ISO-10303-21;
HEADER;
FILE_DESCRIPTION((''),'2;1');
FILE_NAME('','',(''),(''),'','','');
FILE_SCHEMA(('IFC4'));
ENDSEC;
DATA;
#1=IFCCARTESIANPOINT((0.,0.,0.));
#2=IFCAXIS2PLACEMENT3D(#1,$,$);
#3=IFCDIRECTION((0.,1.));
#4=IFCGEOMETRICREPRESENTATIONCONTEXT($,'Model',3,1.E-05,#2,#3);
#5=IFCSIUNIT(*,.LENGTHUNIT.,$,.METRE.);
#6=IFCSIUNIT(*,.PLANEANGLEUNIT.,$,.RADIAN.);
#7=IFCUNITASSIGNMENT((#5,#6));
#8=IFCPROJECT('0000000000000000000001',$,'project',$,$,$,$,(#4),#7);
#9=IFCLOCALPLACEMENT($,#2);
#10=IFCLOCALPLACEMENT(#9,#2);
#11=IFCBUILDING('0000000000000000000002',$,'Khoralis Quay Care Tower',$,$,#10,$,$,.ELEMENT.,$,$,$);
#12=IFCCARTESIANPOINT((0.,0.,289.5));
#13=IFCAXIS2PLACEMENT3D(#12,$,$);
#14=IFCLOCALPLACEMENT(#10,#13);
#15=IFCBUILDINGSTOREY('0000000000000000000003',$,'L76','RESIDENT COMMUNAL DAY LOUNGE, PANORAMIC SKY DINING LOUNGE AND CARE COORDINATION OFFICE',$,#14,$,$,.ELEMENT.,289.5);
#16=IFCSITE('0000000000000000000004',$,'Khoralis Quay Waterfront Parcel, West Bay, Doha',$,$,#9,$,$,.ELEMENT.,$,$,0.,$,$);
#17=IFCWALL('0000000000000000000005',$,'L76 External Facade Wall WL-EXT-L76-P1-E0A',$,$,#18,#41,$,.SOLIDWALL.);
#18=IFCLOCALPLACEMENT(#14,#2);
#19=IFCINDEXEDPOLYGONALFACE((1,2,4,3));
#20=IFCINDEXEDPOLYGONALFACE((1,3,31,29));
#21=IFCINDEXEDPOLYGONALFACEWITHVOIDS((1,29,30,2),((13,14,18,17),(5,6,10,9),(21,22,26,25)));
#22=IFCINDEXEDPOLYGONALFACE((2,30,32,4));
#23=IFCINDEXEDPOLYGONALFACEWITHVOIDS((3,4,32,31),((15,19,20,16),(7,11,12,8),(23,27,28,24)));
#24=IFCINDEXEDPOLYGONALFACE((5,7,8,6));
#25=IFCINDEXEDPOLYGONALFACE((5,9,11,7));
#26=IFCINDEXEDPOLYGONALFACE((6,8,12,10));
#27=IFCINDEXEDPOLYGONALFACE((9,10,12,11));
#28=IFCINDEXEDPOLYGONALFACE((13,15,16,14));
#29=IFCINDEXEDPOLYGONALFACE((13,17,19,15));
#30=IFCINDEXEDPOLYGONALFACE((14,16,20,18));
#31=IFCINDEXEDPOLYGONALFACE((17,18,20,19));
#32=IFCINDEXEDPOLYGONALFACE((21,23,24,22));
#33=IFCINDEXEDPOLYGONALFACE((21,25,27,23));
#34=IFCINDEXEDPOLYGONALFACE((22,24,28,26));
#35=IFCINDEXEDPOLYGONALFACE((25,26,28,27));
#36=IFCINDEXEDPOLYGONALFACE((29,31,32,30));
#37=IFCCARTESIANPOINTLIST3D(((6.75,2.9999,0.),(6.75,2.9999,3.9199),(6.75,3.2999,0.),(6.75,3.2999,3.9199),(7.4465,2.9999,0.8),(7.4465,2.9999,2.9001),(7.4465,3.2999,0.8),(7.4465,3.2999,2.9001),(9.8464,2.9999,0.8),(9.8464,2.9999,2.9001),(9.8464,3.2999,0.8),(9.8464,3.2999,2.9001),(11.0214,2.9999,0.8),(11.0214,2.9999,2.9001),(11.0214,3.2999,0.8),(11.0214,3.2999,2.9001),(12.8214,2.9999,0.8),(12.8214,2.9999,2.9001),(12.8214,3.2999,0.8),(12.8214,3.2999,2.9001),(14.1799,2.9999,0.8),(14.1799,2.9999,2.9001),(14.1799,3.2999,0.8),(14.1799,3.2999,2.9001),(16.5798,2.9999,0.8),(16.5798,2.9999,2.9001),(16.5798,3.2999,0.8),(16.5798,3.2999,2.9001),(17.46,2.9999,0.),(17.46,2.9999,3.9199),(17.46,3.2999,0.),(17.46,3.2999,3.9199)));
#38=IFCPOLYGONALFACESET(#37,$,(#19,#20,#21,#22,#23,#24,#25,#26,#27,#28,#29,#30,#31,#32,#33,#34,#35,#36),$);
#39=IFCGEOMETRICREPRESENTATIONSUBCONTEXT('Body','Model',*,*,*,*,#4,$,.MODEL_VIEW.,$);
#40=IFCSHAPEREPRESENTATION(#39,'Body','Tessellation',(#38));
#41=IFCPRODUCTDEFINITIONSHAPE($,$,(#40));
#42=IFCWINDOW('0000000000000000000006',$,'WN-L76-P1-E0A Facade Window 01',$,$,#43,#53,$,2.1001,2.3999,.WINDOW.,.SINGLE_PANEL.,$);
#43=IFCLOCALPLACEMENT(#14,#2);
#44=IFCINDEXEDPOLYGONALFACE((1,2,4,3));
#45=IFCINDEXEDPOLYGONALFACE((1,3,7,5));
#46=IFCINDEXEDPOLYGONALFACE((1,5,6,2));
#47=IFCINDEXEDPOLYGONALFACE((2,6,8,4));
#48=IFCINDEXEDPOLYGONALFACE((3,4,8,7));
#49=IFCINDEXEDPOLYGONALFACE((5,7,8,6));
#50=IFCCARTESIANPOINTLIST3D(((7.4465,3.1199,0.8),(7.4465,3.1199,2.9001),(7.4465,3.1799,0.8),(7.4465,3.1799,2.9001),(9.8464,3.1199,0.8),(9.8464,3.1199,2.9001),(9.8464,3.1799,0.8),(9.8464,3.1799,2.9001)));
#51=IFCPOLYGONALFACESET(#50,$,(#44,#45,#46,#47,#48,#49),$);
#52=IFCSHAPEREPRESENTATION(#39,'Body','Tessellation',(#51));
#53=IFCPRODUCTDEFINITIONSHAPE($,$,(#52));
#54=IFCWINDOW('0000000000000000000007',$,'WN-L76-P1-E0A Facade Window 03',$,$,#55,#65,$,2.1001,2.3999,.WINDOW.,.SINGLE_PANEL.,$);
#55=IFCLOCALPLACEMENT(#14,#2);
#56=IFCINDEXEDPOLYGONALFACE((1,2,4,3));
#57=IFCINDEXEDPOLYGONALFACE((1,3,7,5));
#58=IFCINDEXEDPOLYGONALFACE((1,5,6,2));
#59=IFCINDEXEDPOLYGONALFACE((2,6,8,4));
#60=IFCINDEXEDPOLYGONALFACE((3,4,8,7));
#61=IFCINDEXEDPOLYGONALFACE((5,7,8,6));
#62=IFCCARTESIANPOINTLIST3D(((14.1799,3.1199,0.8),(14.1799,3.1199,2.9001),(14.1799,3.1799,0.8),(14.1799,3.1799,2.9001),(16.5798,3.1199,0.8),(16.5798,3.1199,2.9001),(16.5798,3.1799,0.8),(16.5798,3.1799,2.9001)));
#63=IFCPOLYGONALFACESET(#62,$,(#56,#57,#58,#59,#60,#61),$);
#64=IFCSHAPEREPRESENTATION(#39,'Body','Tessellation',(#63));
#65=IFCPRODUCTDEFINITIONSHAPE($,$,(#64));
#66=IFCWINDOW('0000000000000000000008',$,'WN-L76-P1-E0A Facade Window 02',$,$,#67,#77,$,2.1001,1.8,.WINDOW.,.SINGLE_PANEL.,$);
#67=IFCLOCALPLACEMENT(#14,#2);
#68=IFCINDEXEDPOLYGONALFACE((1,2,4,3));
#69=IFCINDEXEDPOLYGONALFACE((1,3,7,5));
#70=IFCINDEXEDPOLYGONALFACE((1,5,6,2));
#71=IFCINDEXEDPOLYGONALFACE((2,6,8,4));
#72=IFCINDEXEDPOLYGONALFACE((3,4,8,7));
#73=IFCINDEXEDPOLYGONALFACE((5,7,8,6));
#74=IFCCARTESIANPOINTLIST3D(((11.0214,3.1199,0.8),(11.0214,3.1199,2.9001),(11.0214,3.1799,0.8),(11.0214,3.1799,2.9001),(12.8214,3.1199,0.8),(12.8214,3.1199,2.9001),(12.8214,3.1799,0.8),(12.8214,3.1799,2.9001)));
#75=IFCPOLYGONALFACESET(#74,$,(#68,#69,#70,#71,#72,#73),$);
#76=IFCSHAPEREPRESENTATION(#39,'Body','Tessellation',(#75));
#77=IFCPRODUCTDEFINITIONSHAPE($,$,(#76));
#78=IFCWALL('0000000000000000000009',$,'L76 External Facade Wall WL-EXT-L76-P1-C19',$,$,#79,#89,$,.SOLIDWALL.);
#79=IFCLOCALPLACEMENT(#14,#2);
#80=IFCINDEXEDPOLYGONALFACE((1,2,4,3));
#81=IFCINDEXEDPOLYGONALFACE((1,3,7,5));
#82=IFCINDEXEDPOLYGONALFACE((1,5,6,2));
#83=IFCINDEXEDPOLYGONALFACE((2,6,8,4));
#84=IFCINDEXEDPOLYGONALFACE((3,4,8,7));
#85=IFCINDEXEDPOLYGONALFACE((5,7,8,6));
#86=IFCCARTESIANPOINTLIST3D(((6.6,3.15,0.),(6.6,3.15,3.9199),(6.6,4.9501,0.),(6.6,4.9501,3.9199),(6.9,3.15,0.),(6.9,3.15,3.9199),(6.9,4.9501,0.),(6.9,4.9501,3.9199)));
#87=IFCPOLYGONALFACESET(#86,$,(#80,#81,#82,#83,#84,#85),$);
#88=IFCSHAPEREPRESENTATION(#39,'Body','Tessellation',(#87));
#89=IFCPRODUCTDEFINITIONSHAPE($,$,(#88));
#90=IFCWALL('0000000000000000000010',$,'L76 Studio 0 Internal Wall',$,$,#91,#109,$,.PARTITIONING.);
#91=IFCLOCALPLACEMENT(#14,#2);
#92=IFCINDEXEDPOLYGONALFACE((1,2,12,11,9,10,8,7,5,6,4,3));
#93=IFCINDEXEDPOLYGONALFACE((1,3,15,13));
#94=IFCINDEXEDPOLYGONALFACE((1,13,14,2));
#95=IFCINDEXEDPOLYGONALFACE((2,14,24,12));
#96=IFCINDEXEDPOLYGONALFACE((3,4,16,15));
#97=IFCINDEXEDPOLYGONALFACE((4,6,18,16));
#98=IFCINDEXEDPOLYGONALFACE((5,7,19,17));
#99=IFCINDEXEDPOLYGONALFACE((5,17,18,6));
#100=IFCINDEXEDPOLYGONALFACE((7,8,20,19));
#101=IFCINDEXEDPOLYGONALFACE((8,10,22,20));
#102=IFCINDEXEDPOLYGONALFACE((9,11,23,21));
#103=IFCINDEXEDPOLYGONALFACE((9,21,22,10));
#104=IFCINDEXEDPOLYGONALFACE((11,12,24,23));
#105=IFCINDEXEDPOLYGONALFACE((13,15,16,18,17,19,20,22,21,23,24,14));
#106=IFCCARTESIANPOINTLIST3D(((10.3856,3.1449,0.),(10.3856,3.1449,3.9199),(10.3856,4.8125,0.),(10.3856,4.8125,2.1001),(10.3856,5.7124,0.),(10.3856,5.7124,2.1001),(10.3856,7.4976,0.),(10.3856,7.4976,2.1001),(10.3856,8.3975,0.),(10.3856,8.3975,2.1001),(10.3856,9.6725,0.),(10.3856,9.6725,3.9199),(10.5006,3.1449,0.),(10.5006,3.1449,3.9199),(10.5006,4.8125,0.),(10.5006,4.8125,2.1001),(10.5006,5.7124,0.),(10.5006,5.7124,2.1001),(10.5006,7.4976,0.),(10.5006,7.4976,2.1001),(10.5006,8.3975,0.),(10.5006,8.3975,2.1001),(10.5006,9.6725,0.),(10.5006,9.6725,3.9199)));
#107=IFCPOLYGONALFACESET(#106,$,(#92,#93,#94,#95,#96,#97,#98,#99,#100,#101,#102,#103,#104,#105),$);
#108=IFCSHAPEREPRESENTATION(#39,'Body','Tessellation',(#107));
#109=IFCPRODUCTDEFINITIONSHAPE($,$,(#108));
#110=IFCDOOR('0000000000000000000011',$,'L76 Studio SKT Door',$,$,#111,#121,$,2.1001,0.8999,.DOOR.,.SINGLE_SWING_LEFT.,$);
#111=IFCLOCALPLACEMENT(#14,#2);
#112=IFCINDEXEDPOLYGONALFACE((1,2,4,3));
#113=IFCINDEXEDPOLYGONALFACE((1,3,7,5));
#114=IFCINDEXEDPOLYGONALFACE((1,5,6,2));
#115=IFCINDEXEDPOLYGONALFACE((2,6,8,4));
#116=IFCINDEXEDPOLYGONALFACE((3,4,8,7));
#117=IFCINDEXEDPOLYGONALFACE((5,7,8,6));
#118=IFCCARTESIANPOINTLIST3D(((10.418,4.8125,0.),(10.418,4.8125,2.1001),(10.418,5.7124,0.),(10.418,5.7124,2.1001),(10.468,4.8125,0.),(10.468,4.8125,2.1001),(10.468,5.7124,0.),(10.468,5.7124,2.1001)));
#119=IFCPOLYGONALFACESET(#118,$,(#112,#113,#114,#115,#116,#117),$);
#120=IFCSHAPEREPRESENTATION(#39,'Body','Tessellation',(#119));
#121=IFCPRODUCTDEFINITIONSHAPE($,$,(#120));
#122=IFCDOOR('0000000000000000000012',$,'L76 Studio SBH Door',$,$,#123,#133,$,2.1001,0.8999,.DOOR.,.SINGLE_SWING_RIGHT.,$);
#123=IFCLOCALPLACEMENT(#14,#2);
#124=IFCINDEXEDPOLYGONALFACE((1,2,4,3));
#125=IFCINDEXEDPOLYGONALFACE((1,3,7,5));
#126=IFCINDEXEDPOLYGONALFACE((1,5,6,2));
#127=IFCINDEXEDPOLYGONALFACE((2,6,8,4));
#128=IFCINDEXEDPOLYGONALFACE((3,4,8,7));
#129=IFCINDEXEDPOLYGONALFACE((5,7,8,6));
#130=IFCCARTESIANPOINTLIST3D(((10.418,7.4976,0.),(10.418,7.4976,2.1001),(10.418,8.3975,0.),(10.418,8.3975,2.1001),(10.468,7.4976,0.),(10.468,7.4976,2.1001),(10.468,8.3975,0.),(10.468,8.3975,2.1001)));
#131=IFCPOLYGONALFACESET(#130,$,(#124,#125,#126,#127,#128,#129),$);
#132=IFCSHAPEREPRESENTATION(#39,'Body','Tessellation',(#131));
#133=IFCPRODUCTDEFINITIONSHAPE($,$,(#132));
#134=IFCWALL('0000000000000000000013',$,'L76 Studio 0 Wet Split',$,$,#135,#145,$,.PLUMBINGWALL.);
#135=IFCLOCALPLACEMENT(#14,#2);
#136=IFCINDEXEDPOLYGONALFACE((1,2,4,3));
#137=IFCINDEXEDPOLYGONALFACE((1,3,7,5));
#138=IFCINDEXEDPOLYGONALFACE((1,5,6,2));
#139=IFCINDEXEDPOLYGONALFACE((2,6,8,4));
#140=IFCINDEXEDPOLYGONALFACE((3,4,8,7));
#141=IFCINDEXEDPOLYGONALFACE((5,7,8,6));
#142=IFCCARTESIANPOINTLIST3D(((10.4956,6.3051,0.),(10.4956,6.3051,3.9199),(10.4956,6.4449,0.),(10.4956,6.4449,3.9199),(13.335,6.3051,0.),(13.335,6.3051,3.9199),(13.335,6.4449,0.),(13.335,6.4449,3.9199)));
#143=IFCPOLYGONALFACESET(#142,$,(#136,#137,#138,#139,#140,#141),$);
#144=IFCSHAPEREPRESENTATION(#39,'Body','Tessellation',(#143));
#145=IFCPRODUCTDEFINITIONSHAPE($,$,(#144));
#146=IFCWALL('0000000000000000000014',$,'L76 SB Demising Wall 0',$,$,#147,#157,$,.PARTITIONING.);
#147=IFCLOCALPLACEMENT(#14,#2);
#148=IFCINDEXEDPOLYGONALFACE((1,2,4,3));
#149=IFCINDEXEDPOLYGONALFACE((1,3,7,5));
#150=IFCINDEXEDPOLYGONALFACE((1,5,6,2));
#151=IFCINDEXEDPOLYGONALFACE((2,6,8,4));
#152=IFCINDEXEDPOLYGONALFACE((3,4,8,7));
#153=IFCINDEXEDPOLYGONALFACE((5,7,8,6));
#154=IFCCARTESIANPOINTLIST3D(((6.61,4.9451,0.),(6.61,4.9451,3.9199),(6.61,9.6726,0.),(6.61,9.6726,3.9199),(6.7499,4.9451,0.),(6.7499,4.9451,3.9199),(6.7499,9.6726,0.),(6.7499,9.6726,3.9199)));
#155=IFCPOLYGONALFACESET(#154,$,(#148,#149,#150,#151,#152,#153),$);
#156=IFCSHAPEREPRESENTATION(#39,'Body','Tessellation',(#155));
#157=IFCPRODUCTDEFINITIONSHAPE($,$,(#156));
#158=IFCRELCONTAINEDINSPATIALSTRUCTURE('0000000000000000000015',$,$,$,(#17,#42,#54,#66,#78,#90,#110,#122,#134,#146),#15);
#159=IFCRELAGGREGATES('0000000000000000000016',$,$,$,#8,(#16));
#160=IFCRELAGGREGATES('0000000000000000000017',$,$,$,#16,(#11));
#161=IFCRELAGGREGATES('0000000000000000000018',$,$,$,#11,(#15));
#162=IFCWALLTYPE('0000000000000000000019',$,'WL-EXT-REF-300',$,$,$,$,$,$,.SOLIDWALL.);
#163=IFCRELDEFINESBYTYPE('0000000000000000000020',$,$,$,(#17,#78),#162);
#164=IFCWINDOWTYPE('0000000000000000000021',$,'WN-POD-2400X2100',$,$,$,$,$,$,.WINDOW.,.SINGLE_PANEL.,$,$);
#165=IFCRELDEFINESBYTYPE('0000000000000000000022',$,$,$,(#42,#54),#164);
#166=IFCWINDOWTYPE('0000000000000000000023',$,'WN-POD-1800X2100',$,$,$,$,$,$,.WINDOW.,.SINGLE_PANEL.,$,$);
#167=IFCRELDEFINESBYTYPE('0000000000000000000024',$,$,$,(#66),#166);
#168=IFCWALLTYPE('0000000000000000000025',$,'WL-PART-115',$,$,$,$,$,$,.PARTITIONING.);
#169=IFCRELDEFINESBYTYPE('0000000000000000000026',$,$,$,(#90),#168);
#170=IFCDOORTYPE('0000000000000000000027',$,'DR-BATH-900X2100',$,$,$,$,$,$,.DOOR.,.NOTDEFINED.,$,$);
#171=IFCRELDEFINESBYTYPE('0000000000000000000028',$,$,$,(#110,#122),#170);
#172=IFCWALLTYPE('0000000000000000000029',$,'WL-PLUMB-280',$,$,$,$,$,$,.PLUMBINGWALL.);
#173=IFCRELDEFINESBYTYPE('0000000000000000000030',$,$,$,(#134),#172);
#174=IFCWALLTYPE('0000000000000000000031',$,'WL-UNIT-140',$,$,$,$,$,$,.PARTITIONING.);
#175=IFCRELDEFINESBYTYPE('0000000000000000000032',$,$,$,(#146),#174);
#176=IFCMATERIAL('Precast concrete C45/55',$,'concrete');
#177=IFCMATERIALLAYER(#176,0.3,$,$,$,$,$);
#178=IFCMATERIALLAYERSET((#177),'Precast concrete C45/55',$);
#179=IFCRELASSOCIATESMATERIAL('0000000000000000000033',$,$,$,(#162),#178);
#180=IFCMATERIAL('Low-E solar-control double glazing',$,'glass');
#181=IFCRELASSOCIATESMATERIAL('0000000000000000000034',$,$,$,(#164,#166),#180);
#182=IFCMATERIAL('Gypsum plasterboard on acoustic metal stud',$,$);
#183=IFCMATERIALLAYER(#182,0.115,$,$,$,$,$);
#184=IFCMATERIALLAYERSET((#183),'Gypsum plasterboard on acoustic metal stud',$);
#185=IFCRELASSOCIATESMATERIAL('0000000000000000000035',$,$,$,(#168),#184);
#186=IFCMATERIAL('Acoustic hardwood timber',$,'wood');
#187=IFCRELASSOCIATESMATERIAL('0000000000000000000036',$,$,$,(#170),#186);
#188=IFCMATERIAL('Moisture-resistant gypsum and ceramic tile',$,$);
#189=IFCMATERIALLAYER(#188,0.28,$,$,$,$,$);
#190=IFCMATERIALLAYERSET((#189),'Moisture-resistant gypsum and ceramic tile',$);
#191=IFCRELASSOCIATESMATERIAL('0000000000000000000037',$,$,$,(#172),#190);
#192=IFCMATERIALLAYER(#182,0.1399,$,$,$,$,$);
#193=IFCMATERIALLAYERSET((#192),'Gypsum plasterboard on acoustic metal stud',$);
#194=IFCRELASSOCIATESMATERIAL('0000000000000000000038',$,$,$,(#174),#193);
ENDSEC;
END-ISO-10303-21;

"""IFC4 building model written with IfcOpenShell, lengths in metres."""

from ifc_helpers import new_model, si_unit, direction, frame, frame_2d, origin, place, context, subcontext, project, spatial, rectangle, extrude, source, transform, mapped, material, layer, layer_set, type_object, element, fill, save


model = new_model("IFC4")

# Units and contexts
model_context = context("Model", 3, precision=1e-05, world=origin(), true_north=direction((0.0, 1.0)))
body_context = subcontext(model_context, "Body", "Model", "MODEL_VIEW")
ifc_project = project(units=[si_unit("LENGTHUNIT", "METRE"), si_unit("PLANEANGLEUNIT", "RADIAN")], contexts=[model_context])

# Site, building, storey
site_placement = place(None, origin())
site = spatial("IfcSite", under=ifc_project, at=site_placement, Name="Khoralis Quay Waterfront Parcel, West Bay, Doha", CompositionType="ELEMENT", RefElevation=0.0)
building_placement = place(site_placement, origin())
building = spatial("IfcBuilding", under=site, at=building_placement, Name="Khoralis Quay Care Tower", CompositionType="ELEMENT")
storey_placement = place(building_placement, frame((0.0, 0.0, 289.5)))
storey = spatial("IfcBuildingStorey", under=building, at=storey_placement, Name="L76", Description="RESIDENT COMMUNAL DAY LOUNGE, PANORAMIC SKY DINING LOUNGE AND CARE COORDINATION OFFICE", CompositionType="ELEMENT", Elevation=289.5)

# Wall, openings, windows
ifc_material_1 = material(Name="Precast concrete C45/55", Category="concrete")
ifc_layer_1 = layer(ifc_material_1, 0.3)
ifc_layer_set_1 = layer_set([ifc_layer_1], Name="Precast concrete C45/55")
wall_type_1 = type_object("IfcWallType", Name="WL-EXT-REF-300", PredefinedType="SOLIDWALL", material=ifc_layer_set_1)
wall_1_placement = place(storey_placement, frame((6.75, 3.1499, 0.0), z_axis=(0.0, 0.0, 1.0), x_axis=(1.0, 0.0, 0.0)))
wall_1 = element("IfcWall", 1, at=wall_1_placement, inside=storey, type_object=wall_type_1, Name="L76 External Facade Wall WL-EXT-L76-P1-E0A", PredefinedType="SOLIDWALL", context=body_context, shape_type="SweptSolid", body=[
    extrude(rectangle(XDim=10.71, YDim=0.3, at=frame_2d((5.355, 0.0))), origin(), (0.0, 0.0, 1.0), 3.9199),
])
opening_1_placement = place(wall_1_placement, frame((0.6965, 0.0, 0.8)))
opening_1 = element("IfcOpeningElement", 2, at=opening_1_placement, cuts=wall_1, PredefinedType="OPENING", context=body_context, shape_type="SweptSolid", body=[
    extrude(rectangle(XDim=2.3999, YDim=2.1001, at=frame_2d((1.2, 1.05))), frame((0.0, 0.1602, 0.0), z_axis=(0.0, -1.0, 0.0), x_axis=(1.0, 0.0, 0.0)), (0.0, 0.0, 1.0), 0.3201),
])
opening_2_placement = place(wall_1_placement, frame((4.2715, 0.0, 0.8)))
opening_2 = element("IfcOpeningElement", 3, at=opening_2_placement, cuts=wall_1, PredefinedType="OPENING", context=body_context, shape_type="SweptSolid", body=[
    extrude(rectangle(XDim=1.8, YDim=2.1001, at=frame_2d((0.8999, 1.05))), frame((0.0, 0.1602, 0.0), z_axis=(0.0, -1.0, 0.0), x_axis=(1.0, 0.0, 0.0)), (0.0, 0.0, 1.0), 0.3201),
])
opening_3_placement = place(wall_1_placement, frame((7.4299, 0.0, 0.8)))
opening_3 = element("IfcOpeningElement", 4, at=opening_3_placement, cuts=wall_1, PredefinedType="OPENING", context=body_context, shape_type="SweptSolid", body=[
    extrude(rectangle(XDim=2.3999, YDim=2.1001, at=frame_2d((1.2, 1.05))), frame((0.0, 0.1602, 0.0), z_axis=(0.0, -1.0, 0.0), x_axis=(1.0, 0.0, 0.0)), (0.0, 0.0, 1.0), 0.3201),
])
ifc_material_2 = material(Name="Low-E solar-control double glazing", Category="glass")
window_type_1 = type_object("IfcWindowType", Name="WN-POD-2400X2100", PartitioningType="SINGLE_PANEL", PredefinedType="WINDOW", material=ifc_material_2)
shared_shape_1 = source(origin(), body_context, "Body", "SweptSolid", [
    extrude(rectangle(XDim=2.3999, YDim=2.1001, at=frame_2d((1.2, 1.05))), frame((0.0, 0.03, 0.0), z_axis=(0.0, -1.0, 0.0), x_axis=(1.0, 0.0, 0.0)), (0.0, 0.0, 1.0), 0.0601),
])
window_1_placement = place(opening_1_placement, origin())
window_1 = element("IfcWindow", 5, at=window_1_placement, inside=storey, type_object=window_type_1, Name="WN-L76-P1-E0A Facade Window 01", OverallHeight=2.1001, OverallWidth=2.3999, PartitioningType="SINGLE_PANEL", PredefinedType="WINDOW", context=body_context, shape_type="MappedRepresentation", body=[
    mapped(shared_shape_1, transform((0.0, 0.0, 0.0), scale=1.0)),
])
fill(opening_1, window_1)
window_2_placement = place(opening_3_placement, origin())
window_2 = element("IfcWindow", 6, at=window_2_placement, inside=storey, type_object=window_type_1, Name="WN-L76-P1-E0A Facade Window 03", OverallHeight=2.1001, OverallWidth=2.3999, PartitioningType="SINGLE_PANEL", PredefinedType="WINDOW", context=body_context, shape_type="MappedRepresentation", body=[
    mapped(shared_shape_1, transform((0.0, 0.0, 0.0), scale=1.0)),
])
fill(opening_3, window_2)
window_type_2 = type_object("IfcWindowType", Name="WN-POD-1800X2100", PartitioningType="SINGLE_PANEL", PredefinedType="WINDOW", material=ifc_material_2)
shared_shape_2 = source(origin(), body_context, "Body", "SweptSolid", [
    extrude(rectangle(XDim=1.8, YDim=2.1001, at=frame_2d((0.8999, 1.05))), frame((0.0, 0.03, 0.0), z_axis=(0.0, -1.0, 0.0), x_axis=(1.0, 0.0, 0.0)), (0.0, 0.0, 1.0), 0.0601),
])
window_3_placement = place(opening_2_placement, origin())
window_3 = element("IfcWindow", 7, at=window_3_placement, inside=storey, type_object=window_type_2, Name="WN-L76-P1-E0A Facade Window 02", OverallHeight=2.1001, OverallWidth=1.8, PartitioningType="SINGLE_PANEL", PredefinedType="WINDOW", context=body_context, shape_type="MappedRepresentation", body=[
    mapped(shared_shape_2, transform((0.0, 0.0, 0.0), scale=1.0)),
])
fill(opening_2, window_3)

# Wall
wall_2_placement = place(storey_placement, frame((6.75, 4.95, 0.0), z_axis=(0.0, 0.0, 1.0), x_axis=(0.0, -1.0, 0.0)))
element("IfcWall", 8, at=wall_2_placement, inside=storey, type_object=wall_type_1, Name="L76 External Facade Wall WL-EXT-L76-P1-C19", PredefinedType="SOLIDWALL", context=body_context, shape_type="SweptSolid", body=[
    extrude(rectangle(XDim=1.8, YDim=0.3, at=frame_2d((0.8999, 0.0))), origin(), (0.0, 0.0, 1.0), 3.9199),
])

# Wall, openings, doors
ifc_material_3 = material(Name="Gypsum plasterboard on acoustic metal stud")
ifc_layer_2 = layer(ifc_material_3, 0.115)
ifc_layer_set_2 = layer_set([ifc_layer_2], Name="Gypsum plasterboard on acoustic metal stud")
wall_type_2 = type_object("IfcWallType", Name="WL-PART-115", PredefinedType="PARTITIONING", material=ifc_layer_set_2)
wall_3_placement = place(storey_placement, frame((10.4431, 3.145, 0.0), z_axis=(0.0, 0.0, 1.0), x_axis=(0.0, 1.0, 0.0)))
wall_3 = element("IfcWall", 9, at=wall_3_placement, inside=storey, type_object=wall_type_2, Name="L76 Studio 0 Internal Wall", PredefinedType="PARTITIONING", context=body_context, shape_type="SweptSolid", body=[
    extrude(rectangle(XDim=6.5276, YDim=0.115, at=frame_2d((3.2637, 0.0))), origin(), (0.0, 0.0, 1.0), 3.9199),
])
opening_4_placement = place(wall_3_placement, frame((1.6675, 0.0, 0.0)))
opening_4 = element("IfcOpeningElement", 10, at=opening_4_placement, cuts=wall_3, PredefinedType="OPENING", context=body_context, shape_type="SweptSolid", body=[
    extrude(rectangle(XDim=0.8999, YDim=2.1001, at=frame_2d((0.45, 1.05))), frame((0.0, 0.0674, 0.0), z_axis=(0.0, -1.0, 0.0), x_axis=(1.0, 0.0, 0.0)), (0.0, 0.0, 1.0), 0.135),
])
opening_5_placement = place(wall_3_placement, frame((4.3525, 0.0, 0.0)))
opening_5 = element("IfcOpeningElement", 11, at=opening_5_placement, cuts=wall_3, PredefinedType="OPENING", context=body_context, shape_type="SweptSolid", body=[
    extrude(rectangle(XDim=0.8999, YDim=2.1001, at=frame_2d((0.45, 1.05))), frame((0.0, 0.0674, 0.0), z_axis=(0.0, -1.0, 0.0), x_axis=(1.0, 0.0, 0.0)), (0.0, 0.0, 1.0), 0.135),
])
ifc_material_4 = material(Name="Acoustic hardwood timber", Category="wood")
door_type = type_object("IfcDoorType", Name="DR-BATH-900X2100", OperationType="NOTDEFINED", PredefinedType="DOOR", material=ifc_material_4)
shared_shape_3 = source(origin(), body_context, "Body", "SweptSolid", [
    extrude(rectangle(XDim=0.8999, YDim=2.1001, at=frame_2d((0.45, 1.05))), frame((0.0, 0.0249, 0.0), z_axis=(0.0, -1.0, 0.0), x_axis=(1.0, 0.0, 0.0)), (0.0, 0.0, 1.0), 0.05),
])
door_1_placement = place(opening_4_placement, frame((0.8999, 0.0, 0.0), z_axis=(0.0, 0.0, 1.0), x_axis=(-1.0, 0.0, 0.0)))
door_1 = element("IfcDoor", 12, at=door_1_placement, inside=storey, type_object=door_type, Name="L76 Studio SKT Door", OperationType="SINGLE_SWING_LEFT", OverallHeight=2.1001, OverallWidth=0.8999, PredefinedType="DOOR", context=body_context, shape_type="MappedRepresentation", body=[
    mapped(shared_shape_3, transform((0.0, 0.0, 0.0), scale=1.0)),
])
fill(opening_4, door_1)
door_2_placement = place(opening_5_placement, frame((0.8999, 0.0, 0.0), z_axis=(0.0, 0.0, 1.0), x_axis=(-1.0, 0.0, 0.0)))
door_2 = element("IfcDoor", 13, at=door_2_placement, inside=storey, type_object=door_type, Name="L76 Studio SBH Door", OperationType="SINGLE_SWING_RIGHT", OverallHeight=2.1001, OverallWidth=0.8999, PredefinedType="DOOR", context=body_context, shape_type="MappedRepresentation", body=[
    mapped(shared_shape_3, transform((0.0, 0.0, 0.0), scale=1.0)),
])
fill(opening_5, door_2)

# Walls
ifc_material_5 = material(Name="Moisture-resistant gypsum and ceramic tile")
ifc_layer_3 = layer(ifc_material_5, 0.28)
ifc_layer_set_3 = layer_set([ifc_layer_3], Name="Moisture-resistant gypsum and ceramic tile")
wall_type_3 = type_object("IfcWallType", Name="WL-PLUMB-280", PredefinedType="PLUMBINGWALL", material=ifc_layer_set_3)
wall_4_placement = place(storey_placement, frame((10.4956, 6.375, 0.0), z_axis=(0.0, 0.0, 1.0), x_axis=(1.0, 0.0, 0.0)))
element("IfcWall", 14, at=wall_4_placement, inside=storey, type_object=wall_type_3, Name="L76 Studio 0 Wet Split", PredefinedType="PLUMBINGWALL", context=body_context, shape_type="SweptSolid", body=[
    extrude(rectangle(XDim=2.8394, YDim=0.1399, at=frame_2d((1.4197, 0.0))), origin(), (0.0, 0.0, 1.0), 3.9199),
])
ifc_layer_4 = layer(ifc_material_3, 0.1399)
ifc_layer_set_4 = layer_set([ifc_layer_4], Name="Gypsum plasterboard on acoustic metal stud")
wall_type_4 = type_object("IfcWallType", Name="WL-UNIT-140", PredefinedType="PARTITIONING", material=ifc_layer_set_4)
wall_5_placement = place(storey_placement, frame((6.6799, 4.9451, 0.0), z_axis=(0.0, 0.0, 1.0), x_axis=(0.0, 1.0, 0.0)))
element("IfcWall", 15, at=wall_5_placement, inside=storey, type_object=wall_type_4, Name="L76 SB Demising Wall 0", PredefinedType="PARTITIONING", context=body_context, shape_type="SweptSolid", body=[
    extrude(rectangle(XDim=4.7275, YDim=0.1399, at=frame_2d((2.3638, 0.0))), origin(), (0.0, 0.0, 1.0), 3.9199),
])

save(model, "model.ifc")
